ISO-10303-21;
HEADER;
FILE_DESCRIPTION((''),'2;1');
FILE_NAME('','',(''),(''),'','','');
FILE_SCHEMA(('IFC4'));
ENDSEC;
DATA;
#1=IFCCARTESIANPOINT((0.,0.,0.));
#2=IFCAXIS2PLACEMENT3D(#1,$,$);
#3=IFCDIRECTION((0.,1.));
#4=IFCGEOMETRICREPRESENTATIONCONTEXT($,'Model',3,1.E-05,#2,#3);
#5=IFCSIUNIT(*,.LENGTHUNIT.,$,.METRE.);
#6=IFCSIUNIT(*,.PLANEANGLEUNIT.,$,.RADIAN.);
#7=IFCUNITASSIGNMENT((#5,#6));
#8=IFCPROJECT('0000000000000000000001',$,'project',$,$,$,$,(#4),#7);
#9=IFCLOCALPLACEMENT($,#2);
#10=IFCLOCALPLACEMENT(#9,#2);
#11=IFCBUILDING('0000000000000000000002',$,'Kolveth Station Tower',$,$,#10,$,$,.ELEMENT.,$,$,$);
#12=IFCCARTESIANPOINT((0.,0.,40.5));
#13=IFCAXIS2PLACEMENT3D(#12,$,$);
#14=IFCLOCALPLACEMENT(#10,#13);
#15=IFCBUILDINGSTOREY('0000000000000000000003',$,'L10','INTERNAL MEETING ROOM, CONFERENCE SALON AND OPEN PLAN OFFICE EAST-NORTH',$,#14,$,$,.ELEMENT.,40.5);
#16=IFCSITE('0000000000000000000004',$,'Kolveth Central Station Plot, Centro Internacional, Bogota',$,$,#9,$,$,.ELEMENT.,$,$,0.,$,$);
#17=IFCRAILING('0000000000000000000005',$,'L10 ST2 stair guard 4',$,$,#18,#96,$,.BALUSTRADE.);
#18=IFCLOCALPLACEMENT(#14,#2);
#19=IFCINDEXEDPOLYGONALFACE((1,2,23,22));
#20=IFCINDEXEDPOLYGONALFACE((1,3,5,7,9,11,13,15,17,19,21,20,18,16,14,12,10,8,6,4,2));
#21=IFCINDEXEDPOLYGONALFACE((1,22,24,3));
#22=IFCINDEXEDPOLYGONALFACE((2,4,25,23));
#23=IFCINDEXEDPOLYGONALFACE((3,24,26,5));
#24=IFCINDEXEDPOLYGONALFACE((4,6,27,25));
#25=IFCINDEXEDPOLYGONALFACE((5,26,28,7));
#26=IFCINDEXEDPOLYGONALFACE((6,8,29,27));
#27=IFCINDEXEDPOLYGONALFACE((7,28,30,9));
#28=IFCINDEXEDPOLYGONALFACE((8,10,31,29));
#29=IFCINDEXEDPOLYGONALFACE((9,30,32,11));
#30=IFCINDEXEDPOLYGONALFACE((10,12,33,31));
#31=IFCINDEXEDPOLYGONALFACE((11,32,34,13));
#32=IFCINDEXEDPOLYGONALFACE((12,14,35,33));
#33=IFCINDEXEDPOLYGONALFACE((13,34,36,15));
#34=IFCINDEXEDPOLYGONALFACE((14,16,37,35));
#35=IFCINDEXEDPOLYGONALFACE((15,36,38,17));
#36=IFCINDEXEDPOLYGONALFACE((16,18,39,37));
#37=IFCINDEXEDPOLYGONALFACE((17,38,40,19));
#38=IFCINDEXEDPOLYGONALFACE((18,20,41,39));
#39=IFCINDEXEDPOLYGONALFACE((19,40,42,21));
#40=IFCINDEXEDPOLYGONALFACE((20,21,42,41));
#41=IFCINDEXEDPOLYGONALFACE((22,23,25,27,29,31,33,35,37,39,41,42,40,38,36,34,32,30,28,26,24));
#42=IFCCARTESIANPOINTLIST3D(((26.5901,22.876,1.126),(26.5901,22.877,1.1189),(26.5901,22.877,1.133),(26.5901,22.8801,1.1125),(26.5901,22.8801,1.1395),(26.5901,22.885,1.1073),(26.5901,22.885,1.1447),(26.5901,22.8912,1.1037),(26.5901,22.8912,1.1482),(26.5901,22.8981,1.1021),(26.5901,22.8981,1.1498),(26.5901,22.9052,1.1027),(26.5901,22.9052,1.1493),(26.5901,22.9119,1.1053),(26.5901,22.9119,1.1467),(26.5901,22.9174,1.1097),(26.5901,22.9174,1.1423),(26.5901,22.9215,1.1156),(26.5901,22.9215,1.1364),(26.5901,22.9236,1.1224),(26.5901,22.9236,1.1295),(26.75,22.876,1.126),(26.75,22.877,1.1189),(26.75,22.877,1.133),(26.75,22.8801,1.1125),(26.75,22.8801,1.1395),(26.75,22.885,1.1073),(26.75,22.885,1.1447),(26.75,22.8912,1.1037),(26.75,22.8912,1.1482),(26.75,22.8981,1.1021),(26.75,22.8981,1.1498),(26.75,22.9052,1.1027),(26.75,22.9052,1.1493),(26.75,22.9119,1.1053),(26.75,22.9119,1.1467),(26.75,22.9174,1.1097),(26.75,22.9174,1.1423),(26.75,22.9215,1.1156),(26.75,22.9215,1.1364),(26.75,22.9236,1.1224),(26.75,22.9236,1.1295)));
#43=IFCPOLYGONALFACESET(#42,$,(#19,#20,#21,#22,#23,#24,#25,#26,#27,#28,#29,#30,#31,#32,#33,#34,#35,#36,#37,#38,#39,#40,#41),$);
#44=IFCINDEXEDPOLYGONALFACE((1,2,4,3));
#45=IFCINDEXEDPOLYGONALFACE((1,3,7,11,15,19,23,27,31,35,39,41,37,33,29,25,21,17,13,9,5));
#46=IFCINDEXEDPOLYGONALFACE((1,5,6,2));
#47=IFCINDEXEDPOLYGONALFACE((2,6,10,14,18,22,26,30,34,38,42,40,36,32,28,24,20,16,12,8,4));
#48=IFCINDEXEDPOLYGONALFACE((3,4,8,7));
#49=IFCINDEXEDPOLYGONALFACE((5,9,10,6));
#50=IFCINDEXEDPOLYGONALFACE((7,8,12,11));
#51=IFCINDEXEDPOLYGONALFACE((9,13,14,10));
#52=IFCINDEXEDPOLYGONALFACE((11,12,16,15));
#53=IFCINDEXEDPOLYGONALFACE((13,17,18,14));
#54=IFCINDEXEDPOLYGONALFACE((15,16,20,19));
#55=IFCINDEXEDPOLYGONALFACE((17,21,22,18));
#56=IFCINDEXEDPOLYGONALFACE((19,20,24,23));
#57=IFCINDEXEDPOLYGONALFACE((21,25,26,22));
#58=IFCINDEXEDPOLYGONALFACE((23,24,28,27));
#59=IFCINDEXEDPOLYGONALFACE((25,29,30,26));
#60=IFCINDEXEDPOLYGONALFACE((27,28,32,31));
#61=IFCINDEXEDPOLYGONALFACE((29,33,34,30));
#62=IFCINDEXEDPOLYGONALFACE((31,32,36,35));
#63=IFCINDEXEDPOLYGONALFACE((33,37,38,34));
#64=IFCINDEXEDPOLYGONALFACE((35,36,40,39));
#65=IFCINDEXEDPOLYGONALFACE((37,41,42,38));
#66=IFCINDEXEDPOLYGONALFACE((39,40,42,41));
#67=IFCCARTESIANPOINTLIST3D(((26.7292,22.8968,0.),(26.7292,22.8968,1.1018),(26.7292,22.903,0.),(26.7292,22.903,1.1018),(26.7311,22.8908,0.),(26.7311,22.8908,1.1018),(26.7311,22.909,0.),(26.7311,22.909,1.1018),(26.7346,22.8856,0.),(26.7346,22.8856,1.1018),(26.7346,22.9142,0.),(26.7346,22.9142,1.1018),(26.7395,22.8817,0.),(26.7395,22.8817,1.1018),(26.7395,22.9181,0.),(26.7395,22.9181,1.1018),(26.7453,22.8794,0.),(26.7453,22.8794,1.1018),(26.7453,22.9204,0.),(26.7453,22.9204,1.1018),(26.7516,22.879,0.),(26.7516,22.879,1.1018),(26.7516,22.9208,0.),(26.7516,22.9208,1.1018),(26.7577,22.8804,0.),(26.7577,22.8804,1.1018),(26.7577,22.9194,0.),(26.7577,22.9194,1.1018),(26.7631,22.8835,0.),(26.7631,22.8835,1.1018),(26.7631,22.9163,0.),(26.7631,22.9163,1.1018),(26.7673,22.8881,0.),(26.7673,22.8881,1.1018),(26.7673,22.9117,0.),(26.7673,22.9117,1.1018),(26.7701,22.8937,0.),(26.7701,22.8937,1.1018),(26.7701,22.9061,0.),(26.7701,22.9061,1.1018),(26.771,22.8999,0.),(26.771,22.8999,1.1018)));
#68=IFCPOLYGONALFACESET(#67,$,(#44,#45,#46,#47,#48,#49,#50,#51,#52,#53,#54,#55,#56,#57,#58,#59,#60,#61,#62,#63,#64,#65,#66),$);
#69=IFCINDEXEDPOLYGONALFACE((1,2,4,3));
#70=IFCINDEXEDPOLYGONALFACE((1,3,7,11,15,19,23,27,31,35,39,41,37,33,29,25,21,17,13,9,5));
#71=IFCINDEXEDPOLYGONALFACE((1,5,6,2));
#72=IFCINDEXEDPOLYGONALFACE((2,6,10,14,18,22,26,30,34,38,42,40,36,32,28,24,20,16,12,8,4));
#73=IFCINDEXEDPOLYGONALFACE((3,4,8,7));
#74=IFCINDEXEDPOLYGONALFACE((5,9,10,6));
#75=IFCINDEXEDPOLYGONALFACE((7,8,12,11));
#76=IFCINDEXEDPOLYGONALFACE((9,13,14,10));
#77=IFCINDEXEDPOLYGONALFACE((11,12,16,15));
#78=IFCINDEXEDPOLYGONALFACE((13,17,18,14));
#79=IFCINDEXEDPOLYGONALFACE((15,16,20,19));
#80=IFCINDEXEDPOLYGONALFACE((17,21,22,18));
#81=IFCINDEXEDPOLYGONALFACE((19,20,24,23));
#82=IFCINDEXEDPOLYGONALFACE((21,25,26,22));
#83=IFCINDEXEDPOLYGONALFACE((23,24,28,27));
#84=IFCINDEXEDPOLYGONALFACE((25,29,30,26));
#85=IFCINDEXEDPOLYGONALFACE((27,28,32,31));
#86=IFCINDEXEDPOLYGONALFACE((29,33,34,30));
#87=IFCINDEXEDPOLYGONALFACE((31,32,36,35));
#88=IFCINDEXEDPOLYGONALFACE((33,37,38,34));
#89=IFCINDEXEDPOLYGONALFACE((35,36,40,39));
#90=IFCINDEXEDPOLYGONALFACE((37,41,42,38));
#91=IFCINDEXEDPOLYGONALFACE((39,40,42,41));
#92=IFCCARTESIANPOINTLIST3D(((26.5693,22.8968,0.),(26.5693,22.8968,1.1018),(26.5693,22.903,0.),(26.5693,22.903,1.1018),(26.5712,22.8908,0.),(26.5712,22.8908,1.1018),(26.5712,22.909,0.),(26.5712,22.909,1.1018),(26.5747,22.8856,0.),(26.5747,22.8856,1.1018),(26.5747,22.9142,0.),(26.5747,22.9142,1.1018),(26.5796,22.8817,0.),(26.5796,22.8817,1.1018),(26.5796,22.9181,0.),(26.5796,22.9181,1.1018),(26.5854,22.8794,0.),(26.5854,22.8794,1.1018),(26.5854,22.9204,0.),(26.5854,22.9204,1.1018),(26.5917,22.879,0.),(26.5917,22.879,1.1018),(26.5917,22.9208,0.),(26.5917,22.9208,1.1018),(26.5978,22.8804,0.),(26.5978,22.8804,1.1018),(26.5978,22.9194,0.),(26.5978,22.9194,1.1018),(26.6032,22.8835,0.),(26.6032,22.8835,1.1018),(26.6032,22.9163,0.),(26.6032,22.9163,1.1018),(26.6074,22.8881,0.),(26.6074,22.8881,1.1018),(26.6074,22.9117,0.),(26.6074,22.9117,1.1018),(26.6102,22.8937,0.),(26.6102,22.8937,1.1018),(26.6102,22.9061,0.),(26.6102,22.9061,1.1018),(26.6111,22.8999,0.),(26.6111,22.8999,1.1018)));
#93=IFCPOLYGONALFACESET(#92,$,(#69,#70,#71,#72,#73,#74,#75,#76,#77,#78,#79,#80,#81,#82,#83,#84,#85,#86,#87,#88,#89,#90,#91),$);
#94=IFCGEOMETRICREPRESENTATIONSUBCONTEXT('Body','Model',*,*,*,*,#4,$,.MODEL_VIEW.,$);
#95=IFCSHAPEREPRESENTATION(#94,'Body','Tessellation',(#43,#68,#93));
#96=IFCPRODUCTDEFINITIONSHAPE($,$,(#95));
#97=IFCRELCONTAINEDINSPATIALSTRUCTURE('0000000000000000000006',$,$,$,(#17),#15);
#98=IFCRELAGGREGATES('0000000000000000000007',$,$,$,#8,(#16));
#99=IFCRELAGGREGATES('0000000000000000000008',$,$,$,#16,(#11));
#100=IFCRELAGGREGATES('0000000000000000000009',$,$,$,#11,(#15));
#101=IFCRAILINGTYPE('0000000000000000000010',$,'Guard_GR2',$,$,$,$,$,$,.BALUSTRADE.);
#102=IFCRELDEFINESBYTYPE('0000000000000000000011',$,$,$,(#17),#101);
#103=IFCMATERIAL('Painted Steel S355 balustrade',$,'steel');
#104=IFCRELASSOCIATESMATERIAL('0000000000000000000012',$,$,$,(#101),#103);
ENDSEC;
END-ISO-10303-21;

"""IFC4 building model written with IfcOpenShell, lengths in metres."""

from ifc_helpers import new_model, si_unit, direction, frame, origin, origin_2d, place, context, subcontext, project, spatial, circle, extrude, material, type_object, element, save


model = new_model("IFC4")

# Units and contexts
model_context = context("Model", 3, precision=1e-05, world=origin(), true_north=direction((0.0, 1.0)))
body_context = subcontext(model_context, "Body", "Model", "MODEL_VIEW")
ifc_project = project(units=[si_unit("LENGTHUNIT", "METRE"), si_unit("PLANEANGLEUNIT", "RADIAN")], contexts=[model_context])

# Site, building, storey
site_placement = place(None, origin())
site = spatial("IfcSite", under=ifc_project, at=site_placement, Name="Kolveth Central Station Plot, Centro Internacional, Bogota", CompositionType="ELEMENT", RefElevation=0.0)
building_placement = place(site_placement, origin())
building = spatial("IfcBuilding", under=site, at=building_placement, Name="Kolveth Station Tower", CompositionType="ELEMENT")
storey_placement = place(building_placement, frame((0.0, 0.0, 40.5)))
storey = spatial("IfcBuildingStorey", under=building, at=storey_placement, Name="L10", Description="INTERNAL MEETING ROOM, CONFERENCE SALON AND OPEN PLAN OFFICE EAST-NORTH", CompositionType="ELEMENT", Elevation=40.5)

# Railing
ifc_material_1 = material(Name="Painted Steel S355 balustrade", Category="steel")
railing_type_1 = type_object("IfcRailingType", Name="Guard_GR2", PredefinedType="BALUSTRADE", material=ifc_material_1)
railing_1_placement = place(storey_placement, frame((26.75, 22.8999, 0.0)))
element("IfcRailing", 1, at=railing_1_placement, inside=storey, type_object=railing_type_1, Name="L10 ST2 stair guard 4", PredefinedType="BALUSTRADE", context=body_context, shape_type="SweptSolid", body=[
    extrude(circle(Radius=0.0239, at=origin_2d()), frame((0.0, 0.0, 1.126), z_axis=(-1.0, 0.0, 0.0), x_axis=(0.0, -1.0, 0.0)), (0.0, 0.0, 1.0), 0.1599),
    extrude(circle(Radius=0.021, at=origin_2d()), origin(), (0.0, 0.0, 1.0), 1.1018),
    extrude(circle(Radius=0.021, at=origin_2d()), frame((-0.1599, 0.0, 0.0)), (0.0, 0.0, 1.0), 1.1018),
])

save(model, "model.ifc")
